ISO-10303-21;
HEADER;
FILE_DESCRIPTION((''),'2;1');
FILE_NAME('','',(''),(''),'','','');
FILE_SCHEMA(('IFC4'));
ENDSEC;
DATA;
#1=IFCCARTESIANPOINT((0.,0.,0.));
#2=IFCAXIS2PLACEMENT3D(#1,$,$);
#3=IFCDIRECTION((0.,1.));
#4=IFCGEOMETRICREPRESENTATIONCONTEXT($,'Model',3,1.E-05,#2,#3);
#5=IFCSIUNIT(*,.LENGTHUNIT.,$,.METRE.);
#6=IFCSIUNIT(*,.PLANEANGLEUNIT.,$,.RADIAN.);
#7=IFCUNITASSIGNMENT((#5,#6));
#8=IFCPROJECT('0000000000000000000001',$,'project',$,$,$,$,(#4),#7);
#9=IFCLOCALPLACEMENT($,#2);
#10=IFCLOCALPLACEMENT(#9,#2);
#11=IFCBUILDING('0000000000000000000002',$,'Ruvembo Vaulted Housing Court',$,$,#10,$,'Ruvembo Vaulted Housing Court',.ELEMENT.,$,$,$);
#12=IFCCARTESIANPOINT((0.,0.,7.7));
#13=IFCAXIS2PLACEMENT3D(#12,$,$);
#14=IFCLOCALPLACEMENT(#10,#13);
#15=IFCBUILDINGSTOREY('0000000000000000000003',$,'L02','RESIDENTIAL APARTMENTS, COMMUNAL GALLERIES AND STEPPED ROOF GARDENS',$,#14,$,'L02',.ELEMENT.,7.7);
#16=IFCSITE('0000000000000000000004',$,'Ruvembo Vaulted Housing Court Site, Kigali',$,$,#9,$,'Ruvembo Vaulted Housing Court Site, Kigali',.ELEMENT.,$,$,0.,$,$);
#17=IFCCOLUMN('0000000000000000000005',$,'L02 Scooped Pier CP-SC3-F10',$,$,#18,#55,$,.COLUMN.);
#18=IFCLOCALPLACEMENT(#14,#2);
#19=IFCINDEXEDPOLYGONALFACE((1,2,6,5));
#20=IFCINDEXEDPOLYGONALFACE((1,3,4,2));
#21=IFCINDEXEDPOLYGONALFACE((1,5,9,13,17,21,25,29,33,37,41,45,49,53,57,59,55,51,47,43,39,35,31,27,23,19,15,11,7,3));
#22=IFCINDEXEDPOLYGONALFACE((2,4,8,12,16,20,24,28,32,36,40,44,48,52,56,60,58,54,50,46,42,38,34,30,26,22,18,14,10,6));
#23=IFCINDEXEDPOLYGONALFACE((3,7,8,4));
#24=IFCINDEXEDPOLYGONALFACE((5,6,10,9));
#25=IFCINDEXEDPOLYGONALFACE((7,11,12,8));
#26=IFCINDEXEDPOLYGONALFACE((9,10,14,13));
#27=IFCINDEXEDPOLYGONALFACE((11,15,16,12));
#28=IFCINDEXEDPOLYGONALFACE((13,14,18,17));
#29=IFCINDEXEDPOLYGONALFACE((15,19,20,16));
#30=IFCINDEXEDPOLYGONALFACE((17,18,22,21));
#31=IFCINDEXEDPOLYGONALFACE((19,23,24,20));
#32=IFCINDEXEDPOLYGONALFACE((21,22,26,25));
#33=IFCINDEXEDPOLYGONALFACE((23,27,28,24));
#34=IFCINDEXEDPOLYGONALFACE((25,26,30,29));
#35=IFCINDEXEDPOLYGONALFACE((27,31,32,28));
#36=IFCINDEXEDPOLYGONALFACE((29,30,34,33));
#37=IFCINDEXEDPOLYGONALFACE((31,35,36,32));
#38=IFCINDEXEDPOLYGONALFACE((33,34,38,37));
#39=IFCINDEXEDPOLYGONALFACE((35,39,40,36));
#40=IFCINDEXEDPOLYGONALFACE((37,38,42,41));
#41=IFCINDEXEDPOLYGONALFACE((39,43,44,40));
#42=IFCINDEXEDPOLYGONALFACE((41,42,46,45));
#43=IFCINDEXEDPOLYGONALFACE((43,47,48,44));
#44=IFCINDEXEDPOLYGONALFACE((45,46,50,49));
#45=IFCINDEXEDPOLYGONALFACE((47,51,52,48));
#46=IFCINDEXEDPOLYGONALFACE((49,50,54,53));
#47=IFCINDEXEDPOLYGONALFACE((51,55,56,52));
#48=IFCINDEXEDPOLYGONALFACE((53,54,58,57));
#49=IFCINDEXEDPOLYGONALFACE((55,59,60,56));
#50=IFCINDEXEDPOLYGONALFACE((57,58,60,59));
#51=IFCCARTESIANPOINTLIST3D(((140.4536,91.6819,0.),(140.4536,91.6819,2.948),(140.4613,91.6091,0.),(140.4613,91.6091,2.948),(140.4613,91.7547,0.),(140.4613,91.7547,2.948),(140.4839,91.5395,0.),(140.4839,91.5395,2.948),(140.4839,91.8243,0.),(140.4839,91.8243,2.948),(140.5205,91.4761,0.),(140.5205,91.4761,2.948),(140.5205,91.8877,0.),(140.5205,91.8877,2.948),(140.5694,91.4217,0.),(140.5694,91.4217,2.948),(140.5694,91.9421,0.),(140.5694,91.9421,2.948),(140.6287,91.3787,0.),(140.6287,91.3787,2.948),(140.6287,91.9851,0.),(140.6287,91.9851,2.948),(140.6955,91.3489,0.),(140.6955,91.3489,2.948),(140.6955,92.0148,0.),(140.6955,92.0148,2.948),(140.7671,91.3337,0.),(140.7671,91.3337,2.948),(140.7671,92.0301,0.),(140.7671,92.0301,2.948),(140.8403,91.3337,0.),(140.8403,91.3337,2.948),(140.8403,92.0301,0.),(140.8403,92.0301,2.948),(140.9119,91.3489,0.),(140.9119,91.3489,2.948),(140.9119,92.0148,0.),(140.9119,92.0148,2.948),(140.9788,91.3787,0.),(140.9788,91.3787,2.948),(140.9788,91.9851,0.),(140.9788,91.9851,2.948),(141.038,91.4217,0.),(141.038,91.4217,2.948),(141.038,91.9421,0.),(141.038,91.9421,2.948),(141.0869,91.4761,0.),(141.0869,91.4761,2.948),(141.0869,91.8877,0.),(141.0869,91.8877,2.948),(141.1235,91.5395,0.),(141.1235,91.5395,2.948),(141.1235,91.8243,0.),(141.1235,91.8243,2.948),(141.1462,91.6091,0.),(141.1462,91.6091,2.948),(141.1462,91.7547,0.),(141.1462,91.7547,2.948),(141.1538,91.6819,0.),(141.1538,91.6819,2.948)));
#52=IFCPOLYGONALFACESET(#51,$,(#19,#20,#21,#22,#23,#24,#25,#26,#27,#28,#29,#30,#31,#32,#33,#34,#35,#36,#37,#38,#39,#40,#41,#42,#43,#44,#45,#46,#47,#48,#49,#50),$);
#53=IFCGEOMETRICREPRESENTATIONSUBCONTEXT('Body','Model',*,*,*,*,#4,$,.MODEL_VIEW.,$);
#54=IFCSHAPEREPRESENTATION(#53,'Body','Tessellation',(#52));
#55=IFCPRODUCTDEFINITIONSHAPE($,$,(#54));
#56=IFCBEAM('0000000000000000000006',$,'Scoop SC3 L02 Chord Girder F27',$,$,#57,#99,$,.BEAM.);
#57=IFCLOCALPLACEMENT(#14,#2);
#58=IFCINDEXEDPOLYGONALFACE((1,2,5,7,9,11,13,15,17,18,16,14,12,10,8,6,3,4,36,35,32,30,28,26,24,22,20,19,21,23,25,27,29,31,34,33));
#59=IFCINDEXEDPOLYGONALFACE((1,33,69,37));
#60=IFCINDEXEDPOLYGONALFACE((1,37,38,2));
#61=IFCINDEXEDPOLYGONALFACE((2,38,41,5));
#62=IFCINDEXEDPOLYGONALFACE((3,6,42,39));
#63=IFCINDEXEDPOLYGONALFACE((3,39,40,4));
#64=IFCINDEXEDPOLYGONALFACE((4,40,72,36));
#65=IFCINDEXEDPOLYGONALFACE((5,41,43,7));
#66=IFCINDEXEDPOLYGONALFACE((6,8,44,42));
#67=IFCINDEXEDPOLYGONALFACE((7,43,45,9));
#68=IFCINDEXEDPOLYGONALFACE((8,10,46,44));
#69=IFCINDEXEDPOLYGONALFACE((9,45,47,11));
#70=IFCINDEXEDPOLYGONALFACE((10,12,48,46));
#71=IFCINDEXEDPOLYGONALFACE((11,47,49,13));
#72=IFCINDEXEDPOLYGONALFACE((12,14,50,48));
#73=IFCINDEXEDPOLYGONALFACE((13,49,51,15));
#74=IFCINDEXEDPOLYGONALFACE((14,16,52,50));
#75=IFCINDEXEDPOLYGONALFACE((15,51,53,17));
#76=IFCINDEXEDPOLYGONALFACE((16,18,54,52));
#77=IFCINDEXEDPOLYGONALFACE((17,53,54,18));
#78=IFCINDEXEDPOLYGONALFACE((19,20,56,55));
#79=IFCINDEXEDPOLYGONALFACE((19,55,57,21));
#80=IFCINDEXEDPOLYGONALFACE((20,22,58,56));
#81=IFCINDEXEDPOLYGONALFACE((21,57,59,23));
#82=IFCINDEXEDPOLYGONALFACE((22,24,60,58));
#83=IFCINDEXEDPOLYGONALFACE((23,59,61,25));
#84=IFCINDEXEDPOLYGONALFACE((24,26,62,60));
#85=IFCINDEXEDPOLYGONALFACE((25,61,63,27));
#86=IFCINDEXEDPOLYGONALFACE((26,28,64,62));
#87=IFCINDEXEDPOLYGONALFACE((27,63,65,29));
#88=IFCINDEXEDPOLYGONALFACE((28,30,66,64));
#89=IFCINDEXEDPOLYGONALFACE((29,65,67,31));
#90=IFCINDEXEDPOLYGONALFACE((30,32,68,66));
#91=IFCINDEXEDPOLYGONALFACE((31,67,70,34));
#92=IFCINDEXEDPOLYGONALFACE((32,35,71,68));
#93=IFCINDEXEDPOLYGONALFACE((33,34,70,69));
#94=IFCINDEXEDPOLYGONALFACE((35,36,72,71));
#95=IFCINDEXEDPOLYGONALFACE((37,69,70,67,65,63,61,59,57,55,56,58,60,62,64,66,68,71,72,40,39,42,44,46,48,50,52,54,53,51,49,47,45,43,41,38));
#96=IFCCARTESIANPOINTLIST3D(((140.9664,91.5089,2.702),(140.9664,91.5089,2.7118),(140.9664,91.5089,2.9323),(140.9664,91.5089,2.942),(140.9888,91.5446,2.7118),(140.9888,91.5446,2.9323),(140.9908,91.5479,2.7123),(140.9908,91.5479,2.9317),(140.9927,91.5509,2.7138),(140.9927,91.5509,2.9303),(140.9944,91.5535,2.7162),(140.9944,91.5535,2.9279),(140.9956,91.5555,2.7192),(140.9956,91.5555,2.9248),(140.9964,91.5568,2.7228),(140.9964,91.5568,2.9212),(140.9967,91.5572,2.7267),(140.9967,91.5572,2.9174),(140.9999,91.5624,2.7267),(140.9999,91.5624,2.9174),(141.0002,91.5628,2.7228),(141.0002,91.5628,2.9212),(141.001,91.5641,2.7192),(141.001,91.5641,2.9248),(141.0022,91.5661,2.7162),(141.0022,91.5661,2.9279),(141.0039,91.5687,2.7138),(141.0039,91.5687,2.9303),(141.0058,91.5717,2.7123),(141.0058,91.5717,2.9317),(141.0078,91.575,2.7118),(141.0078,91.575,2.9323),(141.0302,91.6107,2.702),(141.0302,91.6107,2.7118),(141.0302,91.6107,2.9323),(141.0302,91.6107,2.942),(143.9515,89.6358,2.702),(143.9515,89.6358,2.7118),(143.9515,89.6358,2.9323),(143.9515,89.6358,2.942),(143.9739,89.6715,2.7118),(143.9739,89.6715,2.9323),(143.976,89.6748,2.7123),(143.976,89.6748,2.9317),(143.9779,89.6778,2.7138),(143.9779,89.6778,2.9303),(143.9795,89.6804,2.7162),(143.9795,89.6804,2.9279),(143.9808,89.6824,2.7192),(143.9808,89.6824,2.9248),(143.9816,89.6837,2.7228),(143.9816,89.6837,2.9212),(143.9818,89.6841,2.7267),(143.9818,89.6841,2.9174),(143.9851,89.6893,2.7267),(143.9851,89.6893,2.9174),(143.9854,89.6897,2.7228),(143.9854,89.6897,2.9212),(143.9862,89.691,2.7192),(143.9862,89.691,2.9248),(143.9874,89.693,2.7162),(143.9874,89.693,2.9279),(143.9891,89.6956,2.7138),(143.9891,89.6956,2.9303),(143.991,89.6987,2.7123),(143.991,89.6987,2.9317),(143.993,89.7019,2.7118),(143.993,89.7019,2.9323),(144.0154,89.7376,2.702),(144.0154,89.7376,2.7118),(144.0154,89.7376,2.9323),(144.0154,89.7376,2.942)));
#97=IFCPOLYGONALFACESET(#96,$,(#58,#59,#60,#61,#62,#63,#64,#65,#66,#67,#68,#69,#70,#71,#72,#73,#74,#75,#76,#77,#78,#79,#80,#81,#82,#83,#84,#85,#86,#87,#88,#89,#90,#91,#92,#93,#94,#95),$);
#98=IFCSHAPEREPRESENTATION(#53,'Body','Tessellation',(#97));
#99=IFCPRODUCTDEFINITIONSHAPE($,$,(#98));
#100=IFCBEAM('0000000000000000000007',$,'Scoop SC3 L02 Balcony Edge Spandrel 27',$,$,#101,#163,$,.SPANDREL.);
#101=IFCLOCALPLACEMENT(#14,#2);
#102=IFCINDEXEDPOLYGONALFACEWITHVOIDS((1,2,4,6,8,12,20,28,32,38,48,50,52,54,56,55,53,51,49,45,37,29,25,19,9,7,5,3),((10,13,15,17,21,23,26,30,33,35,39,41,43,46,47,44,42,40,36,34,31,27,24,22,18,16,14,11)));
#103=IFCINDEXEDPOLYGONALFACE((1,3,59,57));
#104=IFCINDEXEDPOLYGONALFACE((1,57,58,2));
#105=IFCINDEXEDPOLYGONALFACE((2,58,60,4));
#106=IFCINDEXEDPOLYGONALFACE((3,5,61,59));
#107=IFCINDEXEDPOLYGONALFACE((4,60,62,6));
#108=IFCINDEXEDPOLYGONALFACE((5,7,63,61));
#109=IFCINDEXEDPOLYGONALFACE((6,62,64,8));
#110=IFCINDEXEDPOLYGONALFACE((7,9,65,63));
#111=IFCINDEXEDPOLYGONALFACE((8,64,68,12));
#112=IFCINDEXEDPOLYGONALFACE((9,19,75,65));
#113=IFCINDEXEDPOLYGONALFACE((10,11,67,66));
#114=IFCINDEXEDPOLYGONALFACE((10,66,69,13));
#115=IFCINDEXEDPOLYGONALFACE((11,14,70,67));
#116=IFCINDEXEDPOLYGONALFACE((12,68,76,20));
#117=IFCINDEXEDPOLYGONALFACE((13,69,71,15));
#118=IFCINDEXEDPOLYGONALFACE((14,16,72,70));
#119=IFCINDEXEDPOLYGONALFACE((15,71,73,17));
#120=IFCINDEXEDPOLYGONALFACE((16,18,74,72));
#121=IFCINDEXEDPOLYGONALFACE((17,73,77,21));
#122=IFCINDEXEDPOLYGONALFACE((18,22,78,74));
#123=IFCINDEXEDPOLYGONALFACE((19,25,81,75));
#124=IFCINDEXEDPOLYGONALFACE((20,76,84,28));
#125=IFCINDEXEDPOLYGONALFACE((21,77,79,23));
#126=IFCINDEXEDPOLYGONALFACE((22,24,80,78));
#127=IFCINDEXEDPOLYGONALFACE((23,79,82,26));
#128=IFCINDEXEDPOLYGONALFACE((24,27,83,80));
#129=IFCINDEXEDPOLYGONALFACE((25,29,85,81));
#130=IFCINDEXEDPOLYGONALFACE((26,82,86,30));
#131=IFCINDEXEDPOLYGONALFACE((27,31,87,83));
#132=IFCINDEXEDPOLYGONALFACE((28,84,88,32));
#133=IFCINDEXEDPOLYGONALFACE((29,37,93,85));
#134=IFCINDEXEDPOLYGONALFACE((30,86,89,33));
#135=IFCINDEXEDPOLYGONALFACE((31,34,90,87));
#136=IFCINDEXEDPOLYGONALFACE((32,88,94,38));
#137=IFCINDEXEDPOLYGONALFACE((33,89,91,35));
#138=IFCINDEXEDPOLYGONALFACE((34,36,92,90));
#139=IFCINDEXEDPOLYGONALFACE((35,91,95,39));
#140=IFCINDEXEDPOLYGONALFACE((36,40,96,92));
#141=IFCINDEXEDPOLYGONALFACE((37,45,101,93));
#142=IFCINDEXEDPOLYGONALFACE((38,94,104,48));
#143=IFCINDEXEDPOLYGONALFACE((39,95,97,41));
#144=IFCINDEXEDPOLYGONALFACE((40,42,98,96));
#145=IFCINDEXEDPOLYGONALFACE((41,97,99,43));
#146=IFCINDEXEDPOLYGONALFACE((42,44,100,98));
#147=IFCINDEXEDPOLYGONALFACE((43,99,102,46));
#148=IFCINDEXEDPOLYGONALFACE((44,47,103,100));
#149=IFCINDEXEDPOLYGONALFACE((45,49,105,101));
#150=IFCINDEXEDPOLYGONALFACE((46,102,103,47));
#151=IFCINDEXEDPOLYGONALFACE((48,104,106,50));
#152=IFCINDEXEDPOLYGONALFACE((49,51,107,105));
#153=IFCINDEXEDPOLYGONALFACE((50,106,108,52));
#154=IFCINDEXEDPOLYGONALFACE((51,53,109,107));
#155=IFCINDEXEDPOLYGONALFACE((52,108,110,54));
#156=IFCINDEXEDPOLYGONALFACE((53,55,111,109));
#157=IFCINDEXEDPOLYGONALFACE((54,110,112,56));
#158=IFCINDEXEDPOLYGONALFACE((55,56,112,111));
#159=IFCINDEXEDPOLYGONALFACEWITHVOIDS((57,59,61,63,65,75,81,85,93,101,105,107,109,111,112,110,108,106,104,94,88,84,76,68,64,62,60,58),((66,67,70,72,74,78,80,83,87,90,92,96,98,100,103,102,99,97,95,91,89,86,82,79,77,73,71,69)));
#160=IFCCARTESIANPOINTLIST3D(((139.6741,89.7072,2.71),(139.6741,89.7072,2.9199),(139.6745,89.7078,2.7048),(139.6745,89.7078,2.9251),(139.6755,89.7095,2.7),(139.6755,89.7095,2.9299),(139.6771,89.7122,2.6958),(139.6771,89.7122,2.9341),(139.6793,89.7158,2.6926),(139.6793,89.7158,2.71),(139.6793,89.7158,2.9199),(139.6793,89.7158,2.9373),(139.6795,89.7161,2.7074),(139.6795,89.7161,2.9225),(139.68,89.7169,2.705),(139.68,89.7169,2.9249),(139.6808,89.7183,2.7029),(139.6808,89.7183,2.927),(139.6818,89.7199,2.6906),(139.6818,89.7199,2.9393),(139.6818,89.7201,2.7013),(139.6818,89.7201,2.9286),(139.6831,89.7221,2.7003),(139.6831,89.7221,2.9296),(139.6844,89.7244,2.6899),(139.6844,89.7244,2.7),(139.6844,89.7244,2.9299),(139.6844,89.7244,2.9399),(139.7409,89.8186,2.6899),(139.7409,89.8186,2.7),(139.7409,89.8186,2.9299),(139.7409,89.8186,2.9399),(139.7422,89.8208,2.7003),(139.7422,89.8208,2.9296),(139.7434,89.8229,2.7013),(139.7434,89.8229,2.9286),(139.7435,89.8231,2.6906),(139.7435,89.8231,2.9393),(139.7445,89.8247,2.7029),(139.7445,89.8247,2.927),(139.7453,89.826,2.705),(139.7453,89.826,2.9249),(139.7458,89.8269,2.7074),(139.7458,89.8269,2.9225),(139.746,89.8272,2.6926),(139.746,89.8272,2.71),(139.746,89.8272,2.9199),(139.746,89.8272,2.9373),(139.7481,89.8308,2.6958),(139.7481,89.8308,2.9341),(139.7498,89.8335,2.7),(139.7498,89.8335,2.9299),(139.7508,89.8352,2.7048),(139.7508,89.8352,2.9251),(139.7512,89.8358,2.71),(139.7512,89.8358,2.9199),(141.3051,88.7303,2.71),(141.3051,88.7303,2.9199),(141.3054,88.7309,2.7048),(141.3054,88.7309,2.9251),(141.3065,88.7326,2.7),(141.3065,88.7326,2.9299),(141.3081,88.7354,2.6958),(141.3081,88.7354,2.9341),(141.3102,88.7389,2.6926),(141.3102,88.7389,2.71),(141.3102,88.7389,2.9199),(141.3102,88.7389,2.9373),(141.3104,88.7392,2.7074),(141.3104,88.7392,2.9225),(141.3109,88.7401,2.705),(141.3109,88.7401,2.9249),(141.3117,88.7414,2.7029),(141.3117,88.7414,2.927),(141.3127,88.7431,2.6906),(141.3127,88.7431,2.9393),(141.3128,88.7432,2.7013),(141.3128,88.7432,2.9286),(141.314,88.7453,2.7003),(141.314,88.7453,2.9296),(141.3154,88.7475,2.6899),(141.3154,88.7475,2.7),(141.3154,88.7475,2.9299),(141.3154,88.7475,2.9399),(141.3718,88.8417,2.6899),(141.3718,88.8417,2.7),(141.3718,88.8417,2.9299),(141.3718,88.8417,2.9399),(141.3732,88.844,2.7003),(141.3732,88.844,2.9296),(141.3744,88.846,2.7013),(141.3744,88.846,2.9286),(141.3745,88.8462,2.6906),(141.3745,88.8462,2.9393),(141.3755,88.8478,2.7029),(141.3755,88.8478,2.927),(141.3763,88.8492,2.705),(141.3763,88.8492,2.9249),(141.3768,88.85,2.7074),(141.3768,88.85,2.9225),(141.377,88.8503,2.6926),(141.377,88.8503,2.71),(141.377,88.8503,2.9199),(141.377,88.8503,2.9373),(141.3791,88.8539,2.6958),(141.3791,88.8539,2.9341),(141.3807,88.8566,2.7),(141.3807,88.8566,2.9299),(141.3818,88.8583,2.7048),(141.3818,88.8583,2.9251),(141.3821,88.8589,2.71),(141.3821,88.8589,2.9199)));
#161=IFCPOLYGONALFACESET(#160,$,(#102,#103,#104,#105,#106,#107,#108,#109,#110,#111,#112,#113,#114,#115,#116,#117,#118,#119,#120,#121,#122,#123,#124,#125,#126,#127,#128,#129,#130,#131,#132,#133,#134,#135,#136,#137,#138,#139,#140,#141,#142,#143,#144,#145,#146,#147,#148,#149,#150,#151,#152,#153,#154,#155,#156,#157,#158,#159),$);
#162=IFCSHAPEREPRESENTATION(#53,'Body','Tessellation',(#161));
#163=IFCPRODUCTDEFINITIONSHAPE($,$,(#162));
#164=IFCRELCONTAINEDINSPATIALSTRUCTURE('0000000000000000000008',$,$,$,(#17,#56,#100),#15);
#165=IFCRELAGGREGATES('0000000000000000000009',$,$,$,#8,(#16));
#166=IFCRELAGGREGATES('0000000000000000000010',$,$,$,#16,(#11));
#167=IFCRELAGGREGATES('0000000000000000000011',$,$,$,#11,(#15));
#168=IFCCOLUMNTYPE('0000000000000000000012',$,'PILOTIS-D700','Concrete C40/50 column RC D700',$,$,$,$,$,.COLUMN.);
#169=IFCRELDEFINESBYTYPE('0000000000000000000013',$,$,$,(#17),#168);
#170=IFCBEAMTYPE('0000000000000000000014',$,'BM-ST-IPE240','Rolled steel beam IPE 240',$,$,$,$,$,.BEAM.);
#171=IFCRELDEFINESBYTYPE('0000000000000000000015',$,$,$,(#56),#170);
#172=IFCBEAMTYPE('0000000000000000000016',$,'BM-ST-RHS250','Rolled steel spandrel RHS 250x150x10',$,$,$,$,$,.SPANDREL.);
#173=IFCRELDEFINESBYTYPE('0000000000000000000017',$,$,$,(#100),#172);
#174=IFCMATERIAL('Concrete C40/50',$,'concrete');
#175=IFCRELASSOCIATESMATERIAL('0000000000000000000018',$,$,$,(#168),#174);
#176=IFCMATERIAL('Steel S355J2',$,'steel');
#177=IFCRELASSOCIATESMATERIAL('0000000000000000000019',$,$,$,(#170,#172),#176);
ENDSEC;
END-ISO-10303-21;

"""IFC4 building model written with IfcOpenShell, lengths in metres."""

from ifc_helpers import new_model, si_unit, direction, frame, origin, origin_2d, place, context, subcontext, project, spatial, hollow_rectangle, circle, i_section, extrude, material, material_profile, profile_set, type_object, element, save


model = new_model("IFC4")

# Units and contexts
model_context = context("Model", 3, precision=1e-05, world=origin(), true_north=direction((0.0, 1.0)))
body_context = subcontext(model_context, "Body", "Model", "MODEL_VIEW")
ifc_project = project(units=[si_unit("LENGTHUNIT", "METRE"), si_unit("PLANEANGLEUNIT", "RADIAN")], contexts=[model_context])

# Site, building, storey
site_placement = place(None, origin())
site = spatial("IfcSite", under=ifc_project, at=site_placement, Name="Ruvembo Vaulted Housing Court Site, Kigali", LongName="Ruvembo Vaulted Housing Court Site, Kigali", CompositionType="ELEMENT", RefElevation=0.0)
building_placement = place(site_placement, origin())
building = spatial("IfcBuilding", under=site, at=building_placement, Name="Ruvembo Vaulted Housing Court", LongName="Ruvembo Vaulted Housing Court", CompositionType="ELEMENT")
storey_placement = place(building_placement, frame((0.0, 0.0, 7.7)))
storey = spatial("IfcBuildingStorey", under=building, at=storey_placement, Name="L02", Description="RESIDENTIAL APARTMENTS, COMMUNAL GALLERIES AND STEPPED ROOF GARDENS", LongName="L02", CompositionType="ELEMENT", Elevation=7.7)

# Column
ifc_material_1 = material(Name="Concrete C40/50", Category="concrete")
ifc_material_profile_1 = material_profile(ifc_material_1, circle(Radius=0.3501, at=origin_2d()), Name="RC D700")
ifc_profile_set_1 = profile_set([ifc_material_profile_1], Name="Concrete C40/50")
column_type = type_object("IfcColumnType", Name="PILOTIS-D700", Description="Concrete C40/50 column RC D700", PredefinedType="COLUMN", material=ifc_profile_set_1)
column_placement = place(storey_placement, frame((140.8037, 91.6819, 0.0), z_axis=(0.0, 0.0, 1.0), x_axis=(1.0, 0.0, 0.0)))
element("IfcColumn", 1, at=column_placement, inside=storey, type_object=column_type, Name="L02 Scooped Pier CP-SC3-F10", PredefinedType="COLUMN", context=body_context, shape_type="SweptSolid", body=[
    extrude(circle(Radius=0.3501, at=origin_2d()), origin(), (0.0, 0.0, 1.0), 2.948),
])

# Beams
ifc_material_2 = material(Name="Steel S355J2", Category="steel")
ifc_material_profile_2 = material_profile(ifc_material_2, i_section(OverallWidth=0.1201, OverallDepth=0.24, WebThickness=0.0061, FlangeThickness=0.0098, FilletRadius=0.0149, at=origin_2d()), Name="IPE 240")
ifc_profile_set_2 = profile_set([ifc_material_profile_2], Name="Steel S355J2")
beam_type_1 = type_object("IfcBeamType", Name="BM-ST-IPE240", Description="Rolled steel beam IPE 240", PredefinedType="BEAM", material=ifc_profile_set_2)
beam_placement = place(storey_placement, frame((140.9983, 91.5598, 2.822), z_axis=(0.847059, -0.531499, 0.0), x_axis=(0.531499, 0.847059, 0.0)))
element("IfcBeam", 2, at=beam_placement, inside=storey, type_object=beam_type_1, Name="Scoop SC3 L02 Chord Girder F27", PredefinedType="BEAM", context=body_context, shape_type="SweptSolid", body=[
    extrude(i_section(OverallWidth=0.1201, OverallDepth=0.24, WebThickness=0.0061, FlangeThickness=0.0098, FilletRadius=0.0149, at=origin_2d()), origin(), (0.0, 0.0, 1.0), 3.5242),
])
ifc_material_profile_3 = material_profile(ifc_material_2, hollow_rectangle(XDim=0.1499, YDim=0.25, WallThickness=0.01, InnerFilletRadius=0.01, OuterFilletRadius=0.02, at=origin_2d()), Name="RHS 250x150x10")
ifc_profile_set_3 = profile_set([ifc_material_profile_3], Name="Steel S355J2")
beam_type_2 = type_object("IfcBeamType", Name="BM-ST-RHS250", Description="Rolled steel spandrel RHS 250x150x10", PredefinedType="SPANDREL", material=ifc_profile_set_3)
for number, where, z_axis, x_axis, name in (
    (3, (139.7126, 89.7715, 2.8149), (0.857889, -0.513835, 0.0), (0.513835, 0.857889, 0.0), "Scoop SC3 L02 Balcony Edge Spandrel 27"),
):
    element("IfcBeam", number, at=place(storey_placement, frame(where, z_axis=z_axis, x_axis=x_axis)), inside=storey, type_object=beam_type_2, Name=name, PredefinedType="SPANDREL", context=body_context, shape_type="SweptSolid", body=[
        extrude(hollow_rectangle(XDim=0.1499, YDim=0.25, WallThickness=0.01, InnerFilletRadius=0.01, OuterFilletRadius=0.02, at=origin_2d()), origin(), (0.0, 0.0, 1.0), 1.9011),
    ])

save(model, "model.ifc")
